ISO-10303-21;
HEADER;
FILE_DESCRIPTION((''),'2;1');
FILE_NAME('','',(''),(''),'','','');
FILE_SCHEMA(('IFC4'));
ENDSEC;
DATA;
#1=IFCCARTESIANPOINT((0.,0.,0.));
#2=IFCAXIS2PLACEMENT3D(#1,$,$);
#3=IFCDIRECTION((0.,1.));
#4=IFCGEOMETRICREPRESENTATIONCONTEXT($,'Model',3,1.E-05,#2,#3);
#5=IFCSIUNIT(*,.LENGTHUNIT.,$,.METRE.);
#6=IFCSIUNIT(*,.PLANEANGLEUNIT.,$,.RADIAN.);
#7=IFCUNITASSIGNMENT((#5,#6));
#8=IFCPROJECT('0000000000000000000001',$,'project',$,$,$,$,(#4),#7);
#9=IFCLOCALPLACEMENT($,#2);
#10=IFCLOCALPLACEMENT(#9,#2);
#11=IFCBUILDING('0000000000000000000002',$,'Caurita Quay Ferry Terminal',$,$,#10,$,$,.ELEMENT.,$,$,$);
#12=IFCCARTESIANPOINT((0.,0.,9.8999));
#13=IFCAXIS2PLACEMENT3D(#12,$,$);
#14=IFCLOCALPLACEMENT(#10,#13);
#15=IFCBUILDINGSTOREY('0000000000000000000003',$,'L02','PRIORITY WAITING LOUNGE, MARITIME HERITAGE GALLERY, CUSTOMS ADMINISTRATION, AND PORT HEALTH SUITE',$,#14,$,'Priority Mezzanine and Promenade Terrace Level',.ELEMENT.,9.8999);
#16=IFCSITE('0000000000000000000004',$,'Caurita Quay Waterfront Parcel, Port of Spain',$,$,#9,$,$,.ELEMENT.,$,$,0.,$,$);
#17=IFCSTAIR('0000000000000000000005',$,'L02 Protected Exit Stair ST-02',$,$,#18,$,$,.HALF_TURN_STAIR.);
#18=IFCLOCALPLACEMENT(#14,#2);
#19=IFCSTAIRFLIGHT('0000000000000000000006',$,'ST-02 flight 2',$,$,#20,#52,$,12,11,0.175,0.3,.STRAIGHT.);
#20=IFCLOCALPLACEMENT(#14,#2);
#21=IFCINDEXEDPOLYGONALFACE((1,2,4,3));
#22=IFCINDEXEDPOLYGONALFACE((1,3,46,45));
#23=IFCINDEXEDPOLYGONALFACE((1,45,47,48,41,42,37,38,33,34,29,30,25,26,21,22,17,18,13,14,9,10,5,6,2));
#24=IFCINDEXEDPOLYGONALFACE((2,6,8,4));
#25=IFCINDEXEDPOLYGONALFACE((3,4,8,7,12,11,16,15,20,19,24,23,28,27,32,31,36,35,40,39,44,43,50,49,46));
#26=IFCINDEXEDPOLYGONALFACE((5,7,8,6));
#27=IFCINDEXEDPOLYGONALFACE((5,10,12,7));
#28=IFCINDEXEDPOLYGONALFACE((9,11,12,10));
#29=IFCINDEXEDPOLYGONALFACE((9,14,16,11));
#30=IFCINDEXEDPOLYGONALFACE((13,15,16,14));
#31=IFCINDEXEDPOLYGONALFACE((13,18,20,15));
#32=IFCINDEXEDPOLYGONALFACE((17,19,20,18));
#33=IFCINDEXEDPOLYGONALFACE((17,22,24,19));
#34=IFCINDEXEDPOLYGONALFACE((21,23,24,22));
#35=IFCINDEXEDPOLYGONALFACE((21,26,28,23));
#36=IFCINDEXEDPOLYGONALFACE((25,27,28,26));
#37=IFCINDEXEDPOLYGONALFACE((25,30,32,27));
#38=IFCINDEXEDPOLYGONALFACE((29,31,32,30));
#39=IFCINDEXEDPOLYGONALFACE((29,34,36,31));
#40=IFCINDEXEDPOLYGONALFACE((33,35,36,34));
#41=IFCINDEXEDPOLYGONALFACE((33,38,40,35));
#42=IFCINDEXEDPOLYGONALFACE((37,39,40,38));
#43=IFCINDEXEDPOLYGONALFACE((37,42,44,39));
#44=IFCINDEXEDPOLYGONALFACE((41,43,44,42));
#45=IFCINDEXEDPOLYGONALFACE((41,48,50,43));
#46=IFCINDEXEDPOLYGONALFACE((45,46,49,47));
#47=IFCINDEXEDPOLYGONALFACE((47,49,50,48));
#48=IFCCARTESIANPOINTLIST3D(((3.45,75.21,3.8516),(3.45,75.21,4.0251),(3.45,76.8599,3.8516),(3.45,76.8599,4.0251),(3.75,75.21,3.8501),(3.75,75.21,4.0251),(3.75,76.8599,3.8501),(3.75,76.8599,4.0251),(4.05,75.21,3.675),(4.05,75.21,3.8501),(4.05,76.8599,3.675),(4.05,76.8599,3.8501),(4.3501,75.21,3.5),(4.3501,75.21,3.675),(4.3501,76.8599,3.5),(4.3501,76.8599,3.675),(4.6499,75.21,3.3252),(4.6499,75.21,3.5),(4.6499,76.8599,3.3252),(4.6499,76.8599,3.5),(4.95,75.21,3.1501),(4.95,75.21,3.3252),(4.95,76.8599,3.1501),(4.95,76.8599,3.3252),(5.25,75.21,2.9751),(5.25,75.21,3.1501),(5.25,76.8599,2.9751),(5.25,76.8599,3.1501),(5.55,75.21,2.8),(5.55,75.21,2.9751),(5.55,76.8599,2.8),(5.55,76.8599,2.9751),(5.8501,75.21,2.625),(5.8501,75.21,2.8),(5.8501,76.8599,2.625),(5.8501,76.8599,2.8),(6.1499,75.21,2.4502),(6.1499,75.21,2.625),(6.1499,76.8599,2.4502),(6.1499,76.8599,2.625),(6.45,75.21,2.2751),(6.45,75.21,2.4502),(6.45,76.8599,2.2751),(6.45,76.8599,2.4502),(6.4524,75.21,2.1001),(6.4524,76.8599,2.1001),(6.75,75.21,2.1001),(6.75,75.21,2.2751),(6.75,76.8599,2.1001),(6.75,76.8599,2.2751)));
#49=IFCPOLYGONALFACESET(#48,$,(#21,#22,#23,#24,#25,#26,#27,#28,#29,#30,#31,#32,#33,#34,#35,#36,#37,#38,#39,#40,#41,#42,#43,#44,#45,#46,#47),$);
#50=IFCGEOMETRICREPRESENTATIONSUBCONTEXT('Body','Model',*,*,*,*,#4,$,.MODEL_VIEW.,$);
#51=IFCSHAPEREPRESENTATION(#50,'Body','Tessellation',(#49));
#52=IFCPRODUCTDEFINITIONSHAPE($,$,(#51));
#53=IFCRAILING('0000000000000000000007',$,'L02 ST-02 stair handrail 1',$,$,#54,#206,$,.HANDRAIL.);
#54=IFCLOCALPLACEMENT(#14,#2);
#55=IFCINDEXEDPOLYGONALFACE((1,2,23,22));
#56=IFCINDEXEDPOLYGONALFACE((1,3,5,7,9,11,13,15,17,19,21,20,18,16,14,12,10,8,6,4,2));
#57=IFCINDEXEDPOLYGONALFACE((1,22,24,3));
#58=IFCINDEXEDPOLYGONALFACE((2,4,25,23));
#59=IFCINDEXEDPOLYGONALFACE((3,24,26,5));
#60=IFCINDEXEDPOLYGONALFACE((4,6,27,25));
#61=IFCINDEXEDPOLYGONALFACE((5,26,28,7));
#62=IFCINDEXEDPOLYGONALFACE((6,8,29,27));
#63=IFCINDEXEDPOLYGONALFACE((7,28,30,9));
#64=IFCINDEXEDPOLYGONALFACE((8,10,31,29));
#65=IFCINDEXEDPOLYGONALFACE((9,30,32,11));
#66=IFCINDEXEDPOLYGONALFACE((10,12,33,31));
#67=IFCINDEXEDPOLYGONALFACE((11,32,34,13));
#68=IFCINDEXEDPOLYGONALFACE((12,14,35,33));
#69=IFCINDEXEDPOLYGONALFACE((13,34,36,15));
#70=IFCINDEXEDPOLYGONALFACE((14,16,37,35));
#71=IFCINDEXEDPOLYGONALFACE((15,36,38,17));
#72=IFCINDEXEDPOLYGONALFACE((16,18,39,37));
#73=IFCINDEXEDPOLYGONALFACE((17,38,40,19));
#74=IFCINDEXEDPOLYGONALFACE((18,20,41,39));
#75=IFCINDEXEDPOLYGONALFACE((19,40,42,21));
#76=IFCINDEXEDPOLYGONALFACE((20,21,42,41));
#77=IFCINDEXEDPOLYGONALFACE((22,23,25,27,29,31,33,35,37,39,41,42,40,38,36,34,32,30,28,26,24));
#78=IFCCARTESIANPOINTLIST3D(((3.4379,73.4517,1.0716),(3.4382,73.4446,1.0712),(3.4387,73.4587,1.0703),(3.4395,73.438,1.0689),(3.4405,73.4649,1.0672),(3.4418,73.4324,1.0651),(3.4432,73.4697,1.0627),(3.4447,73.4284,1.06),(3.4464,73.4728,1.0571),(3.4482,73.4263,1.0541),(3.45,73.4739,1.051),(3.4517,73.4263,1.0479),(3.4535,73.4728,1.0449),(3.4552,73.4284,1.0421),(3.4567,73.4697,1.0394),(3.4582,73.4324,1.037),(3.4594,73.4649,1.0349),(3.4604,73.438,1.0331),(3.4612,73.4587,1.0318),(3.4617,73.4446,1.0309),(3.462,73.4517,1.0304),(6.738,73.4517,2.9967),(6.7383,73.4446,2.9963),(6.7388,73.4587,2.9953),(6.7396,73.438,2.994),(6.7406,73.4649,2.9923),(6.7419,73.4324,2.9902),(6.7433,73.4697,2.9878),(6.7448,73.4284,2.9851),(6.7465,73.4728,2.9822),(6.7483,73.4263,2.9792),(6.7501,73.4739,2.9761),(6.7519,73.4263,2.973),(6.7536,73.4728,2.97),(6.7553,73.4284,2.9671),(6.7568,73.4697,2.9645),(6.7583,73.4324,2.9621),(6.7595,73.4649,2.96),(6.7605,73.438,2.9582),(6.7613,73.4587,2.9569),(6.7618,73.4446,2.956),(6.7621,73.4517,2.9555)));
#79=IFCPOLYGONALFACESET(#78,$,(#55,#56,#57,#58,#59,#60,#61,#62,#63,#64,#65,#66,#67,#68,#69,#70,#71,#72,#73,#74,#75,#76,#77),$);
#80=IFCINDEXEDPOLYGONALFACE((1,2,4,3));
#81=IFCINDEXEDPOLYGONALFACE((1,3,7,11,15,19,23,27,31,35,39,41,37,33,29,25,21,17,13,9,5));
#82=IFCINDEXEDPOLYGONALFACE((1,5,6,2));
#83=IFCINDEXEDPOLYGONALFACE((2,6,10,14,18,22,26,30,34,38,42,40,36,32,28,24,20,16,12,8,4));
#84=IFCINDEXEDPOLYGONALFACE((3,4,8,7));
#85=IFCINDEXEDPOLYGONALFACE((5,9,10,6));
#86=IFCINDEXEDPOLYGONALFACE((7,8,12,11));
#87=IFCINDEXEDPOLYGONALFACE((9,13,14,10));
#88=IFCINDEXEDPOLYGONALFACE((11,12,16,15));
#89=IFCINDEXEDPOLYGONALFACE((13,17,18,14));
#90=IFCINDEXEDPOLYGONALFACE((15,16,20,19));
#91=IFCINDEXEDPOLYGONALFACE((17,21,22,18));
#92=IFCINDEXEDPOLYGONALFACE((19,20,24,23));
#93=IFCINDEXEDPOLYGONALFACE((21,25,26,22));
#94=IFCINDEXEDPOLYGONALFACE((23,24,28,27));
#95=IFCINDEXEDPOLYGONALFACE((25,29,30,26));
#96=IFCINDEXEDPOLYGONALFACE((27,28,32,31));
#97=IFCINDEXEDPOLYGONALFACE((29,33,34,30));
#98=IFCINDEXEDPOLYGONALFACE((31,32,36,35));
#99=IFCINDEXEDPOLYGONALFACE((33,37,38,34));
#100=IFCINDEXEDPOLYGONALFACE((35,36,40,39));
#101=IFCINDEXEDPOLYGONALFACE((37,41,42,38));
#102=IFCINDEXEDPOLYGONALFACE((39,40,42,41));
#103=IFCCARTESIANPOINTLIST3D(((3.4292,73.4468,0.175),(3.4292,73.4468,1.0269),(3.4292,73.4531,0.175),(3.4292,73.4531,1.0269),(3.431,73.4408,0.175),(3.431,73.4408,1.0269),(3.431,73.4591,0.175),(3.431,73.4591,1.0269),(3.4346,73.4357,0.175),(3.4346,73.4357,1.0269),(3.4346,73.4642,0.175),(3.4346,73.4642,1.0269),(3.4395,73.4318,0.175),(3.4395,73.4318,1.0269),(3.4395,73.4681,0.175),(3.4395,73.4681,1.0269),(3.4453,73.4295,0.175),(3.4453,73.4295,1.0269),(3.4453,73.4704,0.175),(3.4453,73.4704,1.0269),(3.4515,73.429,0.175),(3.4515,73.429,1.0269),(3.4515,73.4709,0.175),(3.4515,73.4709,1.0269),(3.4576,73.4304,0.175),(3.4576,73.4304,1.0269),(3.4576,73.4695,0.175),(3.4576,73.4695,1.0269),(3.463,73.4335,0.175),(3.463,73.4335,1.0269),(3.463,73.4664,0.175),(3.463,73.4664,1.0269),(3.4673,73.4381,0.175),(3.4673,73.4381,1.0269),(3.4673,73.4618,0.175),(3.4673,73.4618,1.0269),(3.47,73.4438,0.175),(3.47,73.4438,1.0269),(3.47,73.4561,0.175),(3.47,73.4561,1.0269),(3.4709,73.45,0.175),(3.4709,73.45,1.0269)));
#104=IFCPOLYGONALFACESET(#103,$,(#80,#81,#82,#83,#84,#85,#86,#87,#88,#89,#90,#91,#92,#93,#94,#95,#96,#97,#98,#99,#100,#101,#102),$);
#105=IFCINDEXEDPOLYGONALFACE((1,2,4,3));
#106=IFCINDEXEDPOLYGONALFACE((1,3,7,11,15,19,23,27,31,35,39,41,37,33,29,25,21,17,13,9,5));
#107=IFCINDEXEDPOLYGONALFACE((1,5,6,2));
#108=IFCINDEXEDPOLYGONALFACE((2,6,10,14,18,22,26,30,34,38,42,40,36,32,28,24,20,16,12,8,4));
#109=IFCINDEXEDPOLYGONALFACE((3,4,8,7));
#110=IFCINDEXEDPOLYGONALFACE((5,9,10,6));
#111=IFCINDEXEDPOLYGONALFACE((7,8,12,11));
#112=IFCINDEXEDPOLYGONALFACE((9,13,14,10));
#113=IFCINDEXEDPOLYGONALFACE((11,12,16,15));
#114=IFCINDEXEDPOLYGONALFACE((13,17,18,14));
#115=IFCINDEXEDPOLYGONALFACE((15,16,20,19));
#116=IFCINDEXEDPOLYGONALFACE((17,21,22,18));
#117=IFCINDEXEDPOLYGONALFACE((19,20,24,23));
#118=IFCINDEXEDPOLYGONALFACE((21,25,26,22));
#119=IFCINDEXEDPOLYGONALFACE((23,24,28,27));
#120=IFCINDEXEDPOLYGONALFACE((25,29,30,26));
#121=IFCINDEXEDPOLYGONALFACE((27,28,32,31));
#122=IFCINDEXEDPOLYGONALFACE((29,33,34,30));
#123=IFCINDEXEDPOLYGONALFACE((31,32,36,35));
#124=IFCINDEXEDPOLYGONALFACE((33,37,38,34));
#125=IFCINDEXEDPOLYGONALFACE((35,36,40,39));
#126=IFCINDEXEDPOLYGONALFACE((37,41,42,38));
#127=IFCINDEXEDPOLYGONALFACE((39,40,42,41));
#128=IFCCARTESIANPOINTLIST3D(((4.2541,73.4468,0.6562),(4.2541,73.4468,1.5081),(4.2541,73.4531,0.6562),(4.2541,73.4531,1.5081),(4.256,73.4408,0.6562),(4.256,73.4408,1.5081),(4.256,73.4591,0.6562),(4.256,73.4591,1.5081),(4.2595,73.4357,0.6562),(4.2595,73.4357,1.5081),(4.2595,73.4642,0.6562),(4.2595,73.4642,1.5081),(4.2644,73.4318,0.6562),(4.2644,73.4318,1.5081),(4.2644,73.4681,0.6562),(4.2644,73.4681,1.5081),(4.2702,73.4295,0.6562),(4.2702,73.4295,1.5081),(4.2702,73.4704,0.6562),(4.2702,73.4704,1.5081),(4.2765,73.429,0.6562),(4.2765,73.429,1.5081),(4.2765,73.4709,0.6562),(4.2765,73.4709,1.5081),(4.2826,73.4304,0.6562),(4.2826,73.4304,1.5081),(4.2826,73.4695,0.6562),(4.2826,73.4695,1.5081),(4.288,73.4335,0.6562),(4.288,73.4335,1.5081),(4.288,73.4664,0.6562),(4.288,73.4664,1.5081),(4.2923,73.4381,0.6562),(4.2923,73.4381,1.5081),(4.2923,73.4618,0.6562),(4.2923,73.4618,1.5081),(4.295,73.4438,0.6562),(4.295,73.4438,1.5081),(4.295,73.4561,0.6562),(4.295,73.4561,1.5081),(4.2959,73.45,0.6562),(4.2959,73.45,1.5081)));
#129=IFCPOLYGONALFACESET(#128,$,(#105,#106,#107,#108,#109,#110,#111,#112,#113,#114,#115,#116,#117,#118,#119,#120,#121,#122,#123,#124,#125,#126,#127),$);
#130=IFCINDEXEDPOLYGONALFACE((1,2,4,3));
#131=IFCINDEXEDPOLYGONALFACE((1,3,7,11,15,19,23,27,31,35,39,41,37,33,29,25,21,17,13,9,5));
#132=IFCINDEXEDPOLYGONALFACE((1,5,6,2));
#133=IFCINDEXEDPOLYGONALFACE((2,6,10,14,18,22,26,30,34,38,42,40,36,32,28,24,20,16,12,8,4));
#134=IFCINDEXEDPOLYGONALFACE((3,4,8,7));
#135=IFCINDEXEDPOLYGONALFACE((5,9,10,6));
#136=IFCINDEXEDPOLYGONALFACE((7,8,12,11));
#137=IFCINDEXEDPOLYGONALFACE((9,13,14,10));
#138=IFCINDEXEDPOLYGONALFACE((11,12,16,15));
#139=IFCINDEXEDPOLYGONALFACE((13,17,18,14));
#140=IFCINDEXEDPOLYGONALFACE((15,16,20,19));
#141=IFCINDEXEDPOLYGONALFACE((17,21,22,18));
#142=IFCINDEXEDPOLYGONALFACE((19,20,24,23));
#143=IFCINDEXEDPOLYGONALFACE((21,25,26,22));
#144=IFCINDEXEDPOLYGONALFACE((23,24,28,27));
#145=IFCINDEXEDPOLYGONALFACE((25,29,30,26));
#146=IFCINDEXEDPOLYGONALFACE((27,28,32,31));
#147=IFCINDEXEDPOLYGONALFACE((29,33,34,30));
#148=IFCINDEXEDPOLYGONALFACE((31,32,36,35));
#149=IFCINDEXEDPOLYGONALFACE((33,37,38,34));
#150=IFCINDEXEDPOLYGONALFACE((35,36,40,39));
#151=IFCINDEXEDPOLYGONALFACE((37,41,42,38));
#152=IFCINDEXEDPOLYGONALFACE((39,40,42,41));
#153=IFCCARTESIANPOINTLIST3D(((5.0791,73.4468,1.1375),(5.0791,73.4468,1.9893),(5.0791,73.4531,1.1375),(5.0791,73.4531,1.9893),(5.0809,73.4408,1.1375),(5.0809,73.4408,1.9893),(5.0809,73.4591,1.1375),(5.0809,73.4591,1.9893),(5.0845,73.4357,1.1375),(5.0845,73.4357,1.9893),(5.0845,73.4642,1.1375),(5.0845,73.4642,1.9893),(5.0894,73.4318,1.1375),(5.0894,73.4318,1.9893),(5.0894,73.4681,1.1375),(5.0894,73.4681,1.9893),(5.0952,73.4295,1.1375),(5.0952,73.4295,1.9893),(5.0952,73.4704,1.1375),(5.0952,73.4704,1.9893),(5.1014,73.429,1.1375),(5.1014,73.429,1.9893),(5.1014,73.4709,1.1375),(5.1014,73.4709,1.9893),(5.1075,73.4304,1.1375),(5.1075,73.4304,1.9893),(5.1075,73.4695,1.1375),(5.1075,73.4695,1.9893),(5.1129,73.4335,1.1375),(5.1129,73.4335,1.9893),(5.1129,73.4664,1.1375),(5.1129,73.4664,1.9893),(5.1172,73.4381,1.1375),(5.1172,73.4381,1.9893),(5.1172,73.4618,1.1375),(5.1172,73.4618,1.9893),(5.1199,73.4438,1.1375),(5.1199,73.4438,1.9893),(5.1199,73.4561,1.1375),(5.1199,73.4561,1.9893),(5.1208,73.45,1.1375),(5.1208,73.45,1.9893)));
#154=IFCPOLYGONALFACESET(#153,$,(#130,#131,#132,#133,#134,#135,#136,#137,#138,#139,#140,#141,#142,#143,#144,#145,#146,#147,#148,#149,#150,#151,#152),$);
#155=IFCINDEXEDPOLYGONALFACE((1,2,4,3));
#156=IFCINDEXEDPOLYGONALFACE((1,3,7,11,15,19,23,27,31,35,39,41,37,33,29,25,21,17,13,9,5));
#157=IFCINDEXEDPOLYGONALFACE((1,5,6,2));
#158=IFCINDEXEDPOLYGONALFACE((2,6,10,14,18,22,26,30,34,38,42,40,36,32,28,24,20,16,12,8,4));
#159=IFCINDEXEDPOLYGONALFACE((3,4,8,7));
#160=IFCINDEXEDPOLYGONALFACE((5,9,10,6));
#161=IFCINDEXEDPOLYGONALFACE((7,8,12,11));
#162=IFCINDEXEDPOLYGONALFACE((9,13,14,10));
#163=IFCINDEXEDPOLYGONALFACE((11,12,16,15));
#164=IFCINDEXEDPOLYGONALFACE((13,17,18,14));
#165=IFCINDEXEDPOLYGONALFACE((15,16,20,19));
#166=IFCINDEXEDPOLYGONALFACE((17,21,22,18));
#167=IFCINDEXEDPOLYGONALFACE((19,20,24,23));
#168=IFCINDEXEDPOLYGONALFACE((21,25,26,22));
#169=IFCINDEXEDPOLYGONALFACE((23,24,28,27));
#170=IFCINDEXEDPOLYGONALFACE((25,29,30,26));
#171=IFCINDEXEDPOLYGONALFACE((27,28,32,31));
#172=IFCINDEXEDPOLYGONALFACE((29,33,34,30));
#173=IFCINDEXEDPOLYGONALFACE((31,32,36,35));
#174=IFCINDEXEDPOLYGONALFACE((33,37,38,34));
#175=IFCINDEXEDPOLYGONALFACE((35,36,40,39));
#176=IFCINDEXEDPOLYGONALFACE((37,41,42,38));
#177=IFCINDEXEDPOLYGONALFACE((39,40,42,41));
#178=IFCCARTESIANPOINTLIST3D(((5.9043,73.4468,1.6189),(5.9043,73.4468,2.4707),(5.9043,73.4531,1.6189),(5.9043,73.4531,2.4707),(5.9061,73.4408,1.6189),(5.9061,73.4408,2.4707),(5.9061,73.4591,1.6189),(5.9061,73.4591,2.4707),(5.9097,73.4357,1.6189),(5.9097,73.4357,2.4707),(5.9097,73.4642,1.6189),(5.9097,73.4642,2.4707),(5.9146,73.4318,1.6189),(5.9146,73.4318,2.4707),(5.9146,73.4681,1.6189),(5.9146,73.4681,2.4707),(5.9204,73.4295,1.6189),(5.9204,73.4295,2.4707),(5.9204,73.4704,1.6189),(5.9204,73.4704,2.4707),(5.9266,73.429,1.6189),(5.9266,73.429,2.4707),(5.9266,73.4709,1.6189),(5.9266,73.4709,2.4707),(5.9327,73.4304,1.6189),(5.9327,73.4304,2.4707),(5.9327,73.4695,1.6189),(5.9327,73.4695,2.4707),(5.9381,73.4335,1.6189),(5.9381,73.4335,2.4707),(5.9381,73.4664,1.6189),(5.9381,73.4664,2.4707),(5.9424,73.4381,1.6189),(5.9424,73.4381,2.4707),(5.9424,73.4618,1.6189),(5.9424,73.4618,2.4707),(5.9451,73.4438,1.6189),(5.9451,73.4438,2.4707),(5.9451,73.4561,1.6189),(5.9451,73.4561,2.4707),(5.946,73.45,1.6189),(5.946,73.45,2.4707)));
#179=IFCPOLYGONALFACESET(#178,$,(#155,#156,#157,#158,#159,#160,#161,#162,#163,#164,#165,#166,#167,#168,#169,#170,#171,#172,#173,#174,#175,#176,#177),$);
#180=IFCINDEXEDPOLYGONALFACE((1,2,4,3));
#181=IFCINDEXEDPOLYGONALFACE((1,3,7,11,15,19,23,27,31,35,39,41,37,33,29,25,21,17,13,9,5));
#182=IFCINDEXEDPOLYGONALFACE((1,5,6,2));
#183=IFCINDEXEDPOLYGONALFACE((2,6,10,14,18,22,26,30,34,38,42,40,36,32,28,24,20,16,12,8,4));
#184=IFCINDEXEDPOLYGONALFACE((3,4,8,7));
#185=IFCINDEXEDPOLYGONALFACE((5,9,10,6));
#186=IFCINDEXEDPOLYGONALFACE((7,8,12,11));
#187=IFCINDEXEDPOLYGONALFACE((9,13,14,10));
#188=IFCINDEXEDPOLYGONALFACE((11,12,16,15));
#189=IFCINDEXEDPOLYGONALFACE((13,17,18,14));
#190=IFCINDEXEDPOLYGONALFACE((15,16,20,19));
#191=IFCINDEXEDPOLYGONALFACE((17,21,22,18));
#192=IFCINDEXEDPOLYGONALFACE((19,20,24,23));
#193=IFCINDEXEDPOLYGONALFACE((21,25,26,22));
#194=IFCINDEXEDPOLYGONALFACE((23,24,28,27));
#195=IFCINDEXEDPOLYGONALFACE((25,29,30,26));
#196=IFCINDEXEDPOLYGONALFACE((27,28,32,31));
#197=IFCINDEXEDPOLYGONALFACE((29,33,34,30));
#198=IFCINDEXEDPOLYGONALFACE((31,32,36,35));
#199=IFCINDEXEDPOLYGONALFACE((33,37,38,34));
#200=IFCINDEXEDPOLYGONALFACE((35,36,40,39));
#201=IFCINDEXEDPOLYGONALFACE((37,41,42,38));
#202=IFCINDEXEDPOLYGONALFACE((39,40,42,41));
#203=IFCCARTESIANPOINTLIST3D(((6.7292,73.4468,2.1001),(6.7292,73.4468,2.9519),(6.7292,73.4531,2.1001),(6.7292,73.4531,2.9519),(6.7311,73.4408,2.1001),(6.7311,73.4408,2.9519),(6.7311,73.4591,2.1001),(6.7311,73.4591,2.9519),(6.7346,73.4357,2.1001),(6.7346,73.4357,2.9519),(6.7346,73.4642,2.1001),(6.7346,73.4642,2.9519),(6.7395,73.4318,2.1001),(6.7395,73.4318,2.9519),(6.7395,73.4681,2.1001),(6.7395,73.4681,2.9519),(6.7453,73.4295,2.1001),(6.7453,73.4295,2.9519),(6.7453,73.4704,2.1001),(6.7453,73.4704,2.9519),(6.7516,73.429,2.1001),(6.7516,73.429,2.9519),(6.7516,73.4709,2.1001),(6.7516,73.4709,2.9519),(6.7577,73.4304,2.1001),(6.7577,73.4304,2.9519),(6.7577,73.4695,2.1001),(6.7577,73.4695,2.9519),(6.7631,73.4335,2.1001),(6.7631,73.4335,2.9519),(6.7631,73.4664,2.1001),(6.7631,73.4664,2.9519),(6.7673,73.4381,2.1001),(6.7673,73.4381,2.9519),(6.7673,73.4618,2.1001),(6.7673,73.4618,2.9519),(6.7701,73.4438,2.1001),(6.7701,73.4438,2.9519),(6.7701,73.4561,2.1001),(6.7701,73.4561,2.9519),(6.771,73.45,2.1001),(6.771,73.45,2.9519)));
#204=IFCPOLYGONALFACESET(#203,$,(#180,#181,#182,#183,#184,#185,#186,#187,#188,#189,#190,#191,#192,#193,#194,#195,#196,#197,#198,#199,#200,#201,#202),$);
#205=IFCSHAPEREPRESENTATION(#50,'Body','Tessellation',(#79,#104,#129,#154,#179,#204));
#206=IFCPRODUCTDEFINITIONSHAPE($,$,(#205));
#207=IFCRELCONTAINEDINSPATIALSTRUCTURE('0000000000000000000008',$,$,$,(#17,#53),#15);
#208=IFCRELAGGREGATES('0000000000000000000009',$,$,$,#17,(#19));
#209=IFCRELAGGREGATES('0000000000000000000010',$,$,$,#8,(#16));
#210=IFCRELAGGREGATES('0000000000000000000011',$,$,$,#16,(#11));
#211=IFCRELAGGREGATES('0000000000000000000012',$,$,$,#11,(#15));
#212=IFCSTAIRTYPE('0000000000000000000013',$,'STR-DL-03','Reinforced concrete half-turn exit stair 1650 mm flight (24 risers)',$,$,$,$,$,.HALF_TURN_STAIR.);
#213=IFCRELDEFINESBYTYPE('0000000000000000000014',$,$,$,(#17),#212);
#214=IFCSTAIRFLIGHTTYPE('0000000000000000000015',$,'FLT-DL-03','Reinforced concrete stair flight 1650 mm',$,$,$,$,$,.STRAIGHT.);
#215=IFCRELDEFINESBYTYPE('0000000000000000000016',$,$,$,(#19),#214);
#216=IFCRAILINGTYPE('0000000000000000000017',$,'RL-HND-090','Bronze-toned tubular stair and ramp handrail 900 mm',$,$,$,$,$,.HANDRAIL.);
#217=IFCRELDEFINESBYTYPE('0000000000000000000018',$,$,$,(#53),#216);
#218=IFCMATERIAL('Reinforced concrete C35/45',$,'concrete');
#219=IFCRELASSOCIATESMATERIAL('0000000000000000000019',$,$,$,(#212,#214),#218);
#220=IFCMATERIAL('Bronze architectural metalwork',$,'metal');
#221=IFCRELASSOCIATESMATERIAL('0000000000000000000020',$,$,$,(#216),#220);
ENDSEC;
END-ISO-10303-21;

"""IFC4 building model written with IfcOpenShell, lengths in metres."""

from ifc_helpers import new_model, si_unit, direction, frame, origin, origin_2d, place, context, subcontext, project, spatial, polyline, circle, outline, extrude, material, type_object, element, aggregate, save


model = new_model("IFC4")

# Units and contexts
model_context = context("Model", 3, precision=1e-05, world=origin(), true_north=direction((0.0, 1.0)))
body_context = subcontext(model_context, "Body", "Model", "MODEL_VIEW")
ifc_project = project(units=[si_unit("LENGTHUNIT", "METRE"), si_unit("PLANEANGLEUNIT", "RADIAN")], contexts=[model_context])

# Site, building, storey
site_placement = place(None, origin())
site = spatial("IfcSite", under=ifc_project, at=site_placement, Name="Caurita Quay Waterfront Parcel, Port of Spain", CompositionType="ELEMENT", RefElevation=0.0)
building_placement = place(site_placement, origin())
building = spatial("IfcBuilding", under=site, at=building_placement, Name="Caurita Quay Ferry Terminal", CompositionType="ELEMENT")
storey_placement = place(building_placement, frame((0.0, 0.0, 9.8999)))
storey = spatial("IfcBuildingStorey", under=building, at=storey_placement, Name="L02", Description="PRIORITY WAITING LOUNGE, MARITIME HERITAGE GALLERY, CUSTOMS ADMINISTRATION, AND PORT HEALTH SUITE", LongName="Priority Mezzanine and Promenade Terrace Level", CompositionType="ELEMENT", Elevation=9.8999)

# Shared definitions
ifc_material_1 = material(Name="Reinforced concrete C35/45", Category="concrete")

# Stair, stair flight
stair_type = type_object("IfcStairType", Name="STR-DL-03", Description="Reinforced concrete half-turn exit stair 1650 mm flight (24 risers)", PredefinedType="HALF_TURN_STAIR", material=ifc_material_1)
stair_placement = place(storey_placement, origin())
stair = element("IfcStair", 1, at=stair_placement, inside=storey, type_object=stair_type, Name="L02 Protected Exit Stair ST-02", PredefinedType="HALF_TURN_STAIR")
stair_flight_type = type_object("IfcStairFlightType", Name="FLT-DL-03", Description="Reinforced concrete stair flight 1650 mm", PredefinedType="STRAIGHT", material=ifc_material_1)
stair_flight_1_placement = place(storey_placement, frame((6.75, 76.0349, 2.1001), z_axis=(0.0, 0.0, 1.0), x_axis=(-1.0, 0.0, 0.0)))
stair_flight_1 = element("IfcStairFlight", 2, at=stair_flight_1_placement, type_object=stair_flight_type, Name="ST-02 flight 2", NumberOfRisers=12, NumberOfTreads=11, PredefinedType="STRAIGHT", RiserHeight=0.175, TreadLength=0.3, context=body_context, shape_type="SweptSolid", body=[
    extrude(outline(polyline([(0.0, 0.0), (0.0, 0.175), (0.3, 0.175), (0.3, 0.3501), (0.6001, 0.3501), (0.6001, 0.5249), (0.8999, 0.5249), (0.8999, 0.7), (1.2, 0.7), (1.2, 0.875), (1.5, 0.875), (1.5, 1.05), (1.8, 1.05), (1.8, 1.2251), (2.1001, 1.2251), (2.1001, 1.3999), (2.3999, 1.3999), (2.3999, 1.575), (2.7, 1.575), (2.7, 1.75), (3.0, 1.75), (3.0, 1.925), (3.3, 1.925), (3.3, 2.1001), (3.3, 1.7515), (0.2976, 0.0), (0.0, 0.0)])), frame((0.0, 0.825, 0.0), z_axis=(0.0, -1.0, 0.0), x_axis=(1.0, 0.0, 0.0)), (0.0, 0.0, 1.0), 1.6499),
])
aggregate(stair, [stair_flight_1])

# Railing
ifc_material_2 = material(Name="Bronze architectural metalwork", Category="metal")
railing_type_1 = type_object("IfcRailingType", Name="RL-HND-090", Description="Bronze-toned tubular stair and ramp handrail 900 mm", PredefinedType="HANDRAIL", material=ifc_material_2)
railing_1_placement = place(storey_placement, frame((3.45, 73.45, 0.175)))
element("IfcRailing", 3, at=railing_1_placement, inside=storey, type_object=railing_type_1, Name="L02 ST-02 stair handrail 1", PredefinedType="HANDRAIL", context=body_context, shape_type="SweptSolid", body=[
    extrude(circle(Radius=0.0239, at=origin_2d()), frame((0.0, 0.0, 0.876), z_axis=(0.863777, 0.0, 0.503875), x_axis=(0.0, 1.0, 0.0)), (0.0, 0.0, 1.0), 3.8206),
    extrude(circle(Radius=0.021, at=origin_2d()), origin(), (0.0, 0.0, 1.0), 0.8518),
    extrude(circle(Radius=0.021, at=origin_2d()), frame((0.825, 0.0, 0.4812)), (0.0, 0.0, 1.0), 0.8518),
    extrude(circle(Radius=0.021, at=origin_2d()), frame((1.6499, 0.0, 0.9624)), (0.0, 0.0, 1.0), 0.8518),
    extrude(circle(Radius=0.021, at=origin_2d()), frame((2.4751, 0.0, 1.4438)), (0.0, 0.0, 1.0), 0.8518),
    extrude(circle(Radius=0.021, at=origin_2d()), frame((3.3, 0.0, 1.925)), (0.0, 0.0, 1.0), 0.8518),
])

save(model, "model.ifc")
